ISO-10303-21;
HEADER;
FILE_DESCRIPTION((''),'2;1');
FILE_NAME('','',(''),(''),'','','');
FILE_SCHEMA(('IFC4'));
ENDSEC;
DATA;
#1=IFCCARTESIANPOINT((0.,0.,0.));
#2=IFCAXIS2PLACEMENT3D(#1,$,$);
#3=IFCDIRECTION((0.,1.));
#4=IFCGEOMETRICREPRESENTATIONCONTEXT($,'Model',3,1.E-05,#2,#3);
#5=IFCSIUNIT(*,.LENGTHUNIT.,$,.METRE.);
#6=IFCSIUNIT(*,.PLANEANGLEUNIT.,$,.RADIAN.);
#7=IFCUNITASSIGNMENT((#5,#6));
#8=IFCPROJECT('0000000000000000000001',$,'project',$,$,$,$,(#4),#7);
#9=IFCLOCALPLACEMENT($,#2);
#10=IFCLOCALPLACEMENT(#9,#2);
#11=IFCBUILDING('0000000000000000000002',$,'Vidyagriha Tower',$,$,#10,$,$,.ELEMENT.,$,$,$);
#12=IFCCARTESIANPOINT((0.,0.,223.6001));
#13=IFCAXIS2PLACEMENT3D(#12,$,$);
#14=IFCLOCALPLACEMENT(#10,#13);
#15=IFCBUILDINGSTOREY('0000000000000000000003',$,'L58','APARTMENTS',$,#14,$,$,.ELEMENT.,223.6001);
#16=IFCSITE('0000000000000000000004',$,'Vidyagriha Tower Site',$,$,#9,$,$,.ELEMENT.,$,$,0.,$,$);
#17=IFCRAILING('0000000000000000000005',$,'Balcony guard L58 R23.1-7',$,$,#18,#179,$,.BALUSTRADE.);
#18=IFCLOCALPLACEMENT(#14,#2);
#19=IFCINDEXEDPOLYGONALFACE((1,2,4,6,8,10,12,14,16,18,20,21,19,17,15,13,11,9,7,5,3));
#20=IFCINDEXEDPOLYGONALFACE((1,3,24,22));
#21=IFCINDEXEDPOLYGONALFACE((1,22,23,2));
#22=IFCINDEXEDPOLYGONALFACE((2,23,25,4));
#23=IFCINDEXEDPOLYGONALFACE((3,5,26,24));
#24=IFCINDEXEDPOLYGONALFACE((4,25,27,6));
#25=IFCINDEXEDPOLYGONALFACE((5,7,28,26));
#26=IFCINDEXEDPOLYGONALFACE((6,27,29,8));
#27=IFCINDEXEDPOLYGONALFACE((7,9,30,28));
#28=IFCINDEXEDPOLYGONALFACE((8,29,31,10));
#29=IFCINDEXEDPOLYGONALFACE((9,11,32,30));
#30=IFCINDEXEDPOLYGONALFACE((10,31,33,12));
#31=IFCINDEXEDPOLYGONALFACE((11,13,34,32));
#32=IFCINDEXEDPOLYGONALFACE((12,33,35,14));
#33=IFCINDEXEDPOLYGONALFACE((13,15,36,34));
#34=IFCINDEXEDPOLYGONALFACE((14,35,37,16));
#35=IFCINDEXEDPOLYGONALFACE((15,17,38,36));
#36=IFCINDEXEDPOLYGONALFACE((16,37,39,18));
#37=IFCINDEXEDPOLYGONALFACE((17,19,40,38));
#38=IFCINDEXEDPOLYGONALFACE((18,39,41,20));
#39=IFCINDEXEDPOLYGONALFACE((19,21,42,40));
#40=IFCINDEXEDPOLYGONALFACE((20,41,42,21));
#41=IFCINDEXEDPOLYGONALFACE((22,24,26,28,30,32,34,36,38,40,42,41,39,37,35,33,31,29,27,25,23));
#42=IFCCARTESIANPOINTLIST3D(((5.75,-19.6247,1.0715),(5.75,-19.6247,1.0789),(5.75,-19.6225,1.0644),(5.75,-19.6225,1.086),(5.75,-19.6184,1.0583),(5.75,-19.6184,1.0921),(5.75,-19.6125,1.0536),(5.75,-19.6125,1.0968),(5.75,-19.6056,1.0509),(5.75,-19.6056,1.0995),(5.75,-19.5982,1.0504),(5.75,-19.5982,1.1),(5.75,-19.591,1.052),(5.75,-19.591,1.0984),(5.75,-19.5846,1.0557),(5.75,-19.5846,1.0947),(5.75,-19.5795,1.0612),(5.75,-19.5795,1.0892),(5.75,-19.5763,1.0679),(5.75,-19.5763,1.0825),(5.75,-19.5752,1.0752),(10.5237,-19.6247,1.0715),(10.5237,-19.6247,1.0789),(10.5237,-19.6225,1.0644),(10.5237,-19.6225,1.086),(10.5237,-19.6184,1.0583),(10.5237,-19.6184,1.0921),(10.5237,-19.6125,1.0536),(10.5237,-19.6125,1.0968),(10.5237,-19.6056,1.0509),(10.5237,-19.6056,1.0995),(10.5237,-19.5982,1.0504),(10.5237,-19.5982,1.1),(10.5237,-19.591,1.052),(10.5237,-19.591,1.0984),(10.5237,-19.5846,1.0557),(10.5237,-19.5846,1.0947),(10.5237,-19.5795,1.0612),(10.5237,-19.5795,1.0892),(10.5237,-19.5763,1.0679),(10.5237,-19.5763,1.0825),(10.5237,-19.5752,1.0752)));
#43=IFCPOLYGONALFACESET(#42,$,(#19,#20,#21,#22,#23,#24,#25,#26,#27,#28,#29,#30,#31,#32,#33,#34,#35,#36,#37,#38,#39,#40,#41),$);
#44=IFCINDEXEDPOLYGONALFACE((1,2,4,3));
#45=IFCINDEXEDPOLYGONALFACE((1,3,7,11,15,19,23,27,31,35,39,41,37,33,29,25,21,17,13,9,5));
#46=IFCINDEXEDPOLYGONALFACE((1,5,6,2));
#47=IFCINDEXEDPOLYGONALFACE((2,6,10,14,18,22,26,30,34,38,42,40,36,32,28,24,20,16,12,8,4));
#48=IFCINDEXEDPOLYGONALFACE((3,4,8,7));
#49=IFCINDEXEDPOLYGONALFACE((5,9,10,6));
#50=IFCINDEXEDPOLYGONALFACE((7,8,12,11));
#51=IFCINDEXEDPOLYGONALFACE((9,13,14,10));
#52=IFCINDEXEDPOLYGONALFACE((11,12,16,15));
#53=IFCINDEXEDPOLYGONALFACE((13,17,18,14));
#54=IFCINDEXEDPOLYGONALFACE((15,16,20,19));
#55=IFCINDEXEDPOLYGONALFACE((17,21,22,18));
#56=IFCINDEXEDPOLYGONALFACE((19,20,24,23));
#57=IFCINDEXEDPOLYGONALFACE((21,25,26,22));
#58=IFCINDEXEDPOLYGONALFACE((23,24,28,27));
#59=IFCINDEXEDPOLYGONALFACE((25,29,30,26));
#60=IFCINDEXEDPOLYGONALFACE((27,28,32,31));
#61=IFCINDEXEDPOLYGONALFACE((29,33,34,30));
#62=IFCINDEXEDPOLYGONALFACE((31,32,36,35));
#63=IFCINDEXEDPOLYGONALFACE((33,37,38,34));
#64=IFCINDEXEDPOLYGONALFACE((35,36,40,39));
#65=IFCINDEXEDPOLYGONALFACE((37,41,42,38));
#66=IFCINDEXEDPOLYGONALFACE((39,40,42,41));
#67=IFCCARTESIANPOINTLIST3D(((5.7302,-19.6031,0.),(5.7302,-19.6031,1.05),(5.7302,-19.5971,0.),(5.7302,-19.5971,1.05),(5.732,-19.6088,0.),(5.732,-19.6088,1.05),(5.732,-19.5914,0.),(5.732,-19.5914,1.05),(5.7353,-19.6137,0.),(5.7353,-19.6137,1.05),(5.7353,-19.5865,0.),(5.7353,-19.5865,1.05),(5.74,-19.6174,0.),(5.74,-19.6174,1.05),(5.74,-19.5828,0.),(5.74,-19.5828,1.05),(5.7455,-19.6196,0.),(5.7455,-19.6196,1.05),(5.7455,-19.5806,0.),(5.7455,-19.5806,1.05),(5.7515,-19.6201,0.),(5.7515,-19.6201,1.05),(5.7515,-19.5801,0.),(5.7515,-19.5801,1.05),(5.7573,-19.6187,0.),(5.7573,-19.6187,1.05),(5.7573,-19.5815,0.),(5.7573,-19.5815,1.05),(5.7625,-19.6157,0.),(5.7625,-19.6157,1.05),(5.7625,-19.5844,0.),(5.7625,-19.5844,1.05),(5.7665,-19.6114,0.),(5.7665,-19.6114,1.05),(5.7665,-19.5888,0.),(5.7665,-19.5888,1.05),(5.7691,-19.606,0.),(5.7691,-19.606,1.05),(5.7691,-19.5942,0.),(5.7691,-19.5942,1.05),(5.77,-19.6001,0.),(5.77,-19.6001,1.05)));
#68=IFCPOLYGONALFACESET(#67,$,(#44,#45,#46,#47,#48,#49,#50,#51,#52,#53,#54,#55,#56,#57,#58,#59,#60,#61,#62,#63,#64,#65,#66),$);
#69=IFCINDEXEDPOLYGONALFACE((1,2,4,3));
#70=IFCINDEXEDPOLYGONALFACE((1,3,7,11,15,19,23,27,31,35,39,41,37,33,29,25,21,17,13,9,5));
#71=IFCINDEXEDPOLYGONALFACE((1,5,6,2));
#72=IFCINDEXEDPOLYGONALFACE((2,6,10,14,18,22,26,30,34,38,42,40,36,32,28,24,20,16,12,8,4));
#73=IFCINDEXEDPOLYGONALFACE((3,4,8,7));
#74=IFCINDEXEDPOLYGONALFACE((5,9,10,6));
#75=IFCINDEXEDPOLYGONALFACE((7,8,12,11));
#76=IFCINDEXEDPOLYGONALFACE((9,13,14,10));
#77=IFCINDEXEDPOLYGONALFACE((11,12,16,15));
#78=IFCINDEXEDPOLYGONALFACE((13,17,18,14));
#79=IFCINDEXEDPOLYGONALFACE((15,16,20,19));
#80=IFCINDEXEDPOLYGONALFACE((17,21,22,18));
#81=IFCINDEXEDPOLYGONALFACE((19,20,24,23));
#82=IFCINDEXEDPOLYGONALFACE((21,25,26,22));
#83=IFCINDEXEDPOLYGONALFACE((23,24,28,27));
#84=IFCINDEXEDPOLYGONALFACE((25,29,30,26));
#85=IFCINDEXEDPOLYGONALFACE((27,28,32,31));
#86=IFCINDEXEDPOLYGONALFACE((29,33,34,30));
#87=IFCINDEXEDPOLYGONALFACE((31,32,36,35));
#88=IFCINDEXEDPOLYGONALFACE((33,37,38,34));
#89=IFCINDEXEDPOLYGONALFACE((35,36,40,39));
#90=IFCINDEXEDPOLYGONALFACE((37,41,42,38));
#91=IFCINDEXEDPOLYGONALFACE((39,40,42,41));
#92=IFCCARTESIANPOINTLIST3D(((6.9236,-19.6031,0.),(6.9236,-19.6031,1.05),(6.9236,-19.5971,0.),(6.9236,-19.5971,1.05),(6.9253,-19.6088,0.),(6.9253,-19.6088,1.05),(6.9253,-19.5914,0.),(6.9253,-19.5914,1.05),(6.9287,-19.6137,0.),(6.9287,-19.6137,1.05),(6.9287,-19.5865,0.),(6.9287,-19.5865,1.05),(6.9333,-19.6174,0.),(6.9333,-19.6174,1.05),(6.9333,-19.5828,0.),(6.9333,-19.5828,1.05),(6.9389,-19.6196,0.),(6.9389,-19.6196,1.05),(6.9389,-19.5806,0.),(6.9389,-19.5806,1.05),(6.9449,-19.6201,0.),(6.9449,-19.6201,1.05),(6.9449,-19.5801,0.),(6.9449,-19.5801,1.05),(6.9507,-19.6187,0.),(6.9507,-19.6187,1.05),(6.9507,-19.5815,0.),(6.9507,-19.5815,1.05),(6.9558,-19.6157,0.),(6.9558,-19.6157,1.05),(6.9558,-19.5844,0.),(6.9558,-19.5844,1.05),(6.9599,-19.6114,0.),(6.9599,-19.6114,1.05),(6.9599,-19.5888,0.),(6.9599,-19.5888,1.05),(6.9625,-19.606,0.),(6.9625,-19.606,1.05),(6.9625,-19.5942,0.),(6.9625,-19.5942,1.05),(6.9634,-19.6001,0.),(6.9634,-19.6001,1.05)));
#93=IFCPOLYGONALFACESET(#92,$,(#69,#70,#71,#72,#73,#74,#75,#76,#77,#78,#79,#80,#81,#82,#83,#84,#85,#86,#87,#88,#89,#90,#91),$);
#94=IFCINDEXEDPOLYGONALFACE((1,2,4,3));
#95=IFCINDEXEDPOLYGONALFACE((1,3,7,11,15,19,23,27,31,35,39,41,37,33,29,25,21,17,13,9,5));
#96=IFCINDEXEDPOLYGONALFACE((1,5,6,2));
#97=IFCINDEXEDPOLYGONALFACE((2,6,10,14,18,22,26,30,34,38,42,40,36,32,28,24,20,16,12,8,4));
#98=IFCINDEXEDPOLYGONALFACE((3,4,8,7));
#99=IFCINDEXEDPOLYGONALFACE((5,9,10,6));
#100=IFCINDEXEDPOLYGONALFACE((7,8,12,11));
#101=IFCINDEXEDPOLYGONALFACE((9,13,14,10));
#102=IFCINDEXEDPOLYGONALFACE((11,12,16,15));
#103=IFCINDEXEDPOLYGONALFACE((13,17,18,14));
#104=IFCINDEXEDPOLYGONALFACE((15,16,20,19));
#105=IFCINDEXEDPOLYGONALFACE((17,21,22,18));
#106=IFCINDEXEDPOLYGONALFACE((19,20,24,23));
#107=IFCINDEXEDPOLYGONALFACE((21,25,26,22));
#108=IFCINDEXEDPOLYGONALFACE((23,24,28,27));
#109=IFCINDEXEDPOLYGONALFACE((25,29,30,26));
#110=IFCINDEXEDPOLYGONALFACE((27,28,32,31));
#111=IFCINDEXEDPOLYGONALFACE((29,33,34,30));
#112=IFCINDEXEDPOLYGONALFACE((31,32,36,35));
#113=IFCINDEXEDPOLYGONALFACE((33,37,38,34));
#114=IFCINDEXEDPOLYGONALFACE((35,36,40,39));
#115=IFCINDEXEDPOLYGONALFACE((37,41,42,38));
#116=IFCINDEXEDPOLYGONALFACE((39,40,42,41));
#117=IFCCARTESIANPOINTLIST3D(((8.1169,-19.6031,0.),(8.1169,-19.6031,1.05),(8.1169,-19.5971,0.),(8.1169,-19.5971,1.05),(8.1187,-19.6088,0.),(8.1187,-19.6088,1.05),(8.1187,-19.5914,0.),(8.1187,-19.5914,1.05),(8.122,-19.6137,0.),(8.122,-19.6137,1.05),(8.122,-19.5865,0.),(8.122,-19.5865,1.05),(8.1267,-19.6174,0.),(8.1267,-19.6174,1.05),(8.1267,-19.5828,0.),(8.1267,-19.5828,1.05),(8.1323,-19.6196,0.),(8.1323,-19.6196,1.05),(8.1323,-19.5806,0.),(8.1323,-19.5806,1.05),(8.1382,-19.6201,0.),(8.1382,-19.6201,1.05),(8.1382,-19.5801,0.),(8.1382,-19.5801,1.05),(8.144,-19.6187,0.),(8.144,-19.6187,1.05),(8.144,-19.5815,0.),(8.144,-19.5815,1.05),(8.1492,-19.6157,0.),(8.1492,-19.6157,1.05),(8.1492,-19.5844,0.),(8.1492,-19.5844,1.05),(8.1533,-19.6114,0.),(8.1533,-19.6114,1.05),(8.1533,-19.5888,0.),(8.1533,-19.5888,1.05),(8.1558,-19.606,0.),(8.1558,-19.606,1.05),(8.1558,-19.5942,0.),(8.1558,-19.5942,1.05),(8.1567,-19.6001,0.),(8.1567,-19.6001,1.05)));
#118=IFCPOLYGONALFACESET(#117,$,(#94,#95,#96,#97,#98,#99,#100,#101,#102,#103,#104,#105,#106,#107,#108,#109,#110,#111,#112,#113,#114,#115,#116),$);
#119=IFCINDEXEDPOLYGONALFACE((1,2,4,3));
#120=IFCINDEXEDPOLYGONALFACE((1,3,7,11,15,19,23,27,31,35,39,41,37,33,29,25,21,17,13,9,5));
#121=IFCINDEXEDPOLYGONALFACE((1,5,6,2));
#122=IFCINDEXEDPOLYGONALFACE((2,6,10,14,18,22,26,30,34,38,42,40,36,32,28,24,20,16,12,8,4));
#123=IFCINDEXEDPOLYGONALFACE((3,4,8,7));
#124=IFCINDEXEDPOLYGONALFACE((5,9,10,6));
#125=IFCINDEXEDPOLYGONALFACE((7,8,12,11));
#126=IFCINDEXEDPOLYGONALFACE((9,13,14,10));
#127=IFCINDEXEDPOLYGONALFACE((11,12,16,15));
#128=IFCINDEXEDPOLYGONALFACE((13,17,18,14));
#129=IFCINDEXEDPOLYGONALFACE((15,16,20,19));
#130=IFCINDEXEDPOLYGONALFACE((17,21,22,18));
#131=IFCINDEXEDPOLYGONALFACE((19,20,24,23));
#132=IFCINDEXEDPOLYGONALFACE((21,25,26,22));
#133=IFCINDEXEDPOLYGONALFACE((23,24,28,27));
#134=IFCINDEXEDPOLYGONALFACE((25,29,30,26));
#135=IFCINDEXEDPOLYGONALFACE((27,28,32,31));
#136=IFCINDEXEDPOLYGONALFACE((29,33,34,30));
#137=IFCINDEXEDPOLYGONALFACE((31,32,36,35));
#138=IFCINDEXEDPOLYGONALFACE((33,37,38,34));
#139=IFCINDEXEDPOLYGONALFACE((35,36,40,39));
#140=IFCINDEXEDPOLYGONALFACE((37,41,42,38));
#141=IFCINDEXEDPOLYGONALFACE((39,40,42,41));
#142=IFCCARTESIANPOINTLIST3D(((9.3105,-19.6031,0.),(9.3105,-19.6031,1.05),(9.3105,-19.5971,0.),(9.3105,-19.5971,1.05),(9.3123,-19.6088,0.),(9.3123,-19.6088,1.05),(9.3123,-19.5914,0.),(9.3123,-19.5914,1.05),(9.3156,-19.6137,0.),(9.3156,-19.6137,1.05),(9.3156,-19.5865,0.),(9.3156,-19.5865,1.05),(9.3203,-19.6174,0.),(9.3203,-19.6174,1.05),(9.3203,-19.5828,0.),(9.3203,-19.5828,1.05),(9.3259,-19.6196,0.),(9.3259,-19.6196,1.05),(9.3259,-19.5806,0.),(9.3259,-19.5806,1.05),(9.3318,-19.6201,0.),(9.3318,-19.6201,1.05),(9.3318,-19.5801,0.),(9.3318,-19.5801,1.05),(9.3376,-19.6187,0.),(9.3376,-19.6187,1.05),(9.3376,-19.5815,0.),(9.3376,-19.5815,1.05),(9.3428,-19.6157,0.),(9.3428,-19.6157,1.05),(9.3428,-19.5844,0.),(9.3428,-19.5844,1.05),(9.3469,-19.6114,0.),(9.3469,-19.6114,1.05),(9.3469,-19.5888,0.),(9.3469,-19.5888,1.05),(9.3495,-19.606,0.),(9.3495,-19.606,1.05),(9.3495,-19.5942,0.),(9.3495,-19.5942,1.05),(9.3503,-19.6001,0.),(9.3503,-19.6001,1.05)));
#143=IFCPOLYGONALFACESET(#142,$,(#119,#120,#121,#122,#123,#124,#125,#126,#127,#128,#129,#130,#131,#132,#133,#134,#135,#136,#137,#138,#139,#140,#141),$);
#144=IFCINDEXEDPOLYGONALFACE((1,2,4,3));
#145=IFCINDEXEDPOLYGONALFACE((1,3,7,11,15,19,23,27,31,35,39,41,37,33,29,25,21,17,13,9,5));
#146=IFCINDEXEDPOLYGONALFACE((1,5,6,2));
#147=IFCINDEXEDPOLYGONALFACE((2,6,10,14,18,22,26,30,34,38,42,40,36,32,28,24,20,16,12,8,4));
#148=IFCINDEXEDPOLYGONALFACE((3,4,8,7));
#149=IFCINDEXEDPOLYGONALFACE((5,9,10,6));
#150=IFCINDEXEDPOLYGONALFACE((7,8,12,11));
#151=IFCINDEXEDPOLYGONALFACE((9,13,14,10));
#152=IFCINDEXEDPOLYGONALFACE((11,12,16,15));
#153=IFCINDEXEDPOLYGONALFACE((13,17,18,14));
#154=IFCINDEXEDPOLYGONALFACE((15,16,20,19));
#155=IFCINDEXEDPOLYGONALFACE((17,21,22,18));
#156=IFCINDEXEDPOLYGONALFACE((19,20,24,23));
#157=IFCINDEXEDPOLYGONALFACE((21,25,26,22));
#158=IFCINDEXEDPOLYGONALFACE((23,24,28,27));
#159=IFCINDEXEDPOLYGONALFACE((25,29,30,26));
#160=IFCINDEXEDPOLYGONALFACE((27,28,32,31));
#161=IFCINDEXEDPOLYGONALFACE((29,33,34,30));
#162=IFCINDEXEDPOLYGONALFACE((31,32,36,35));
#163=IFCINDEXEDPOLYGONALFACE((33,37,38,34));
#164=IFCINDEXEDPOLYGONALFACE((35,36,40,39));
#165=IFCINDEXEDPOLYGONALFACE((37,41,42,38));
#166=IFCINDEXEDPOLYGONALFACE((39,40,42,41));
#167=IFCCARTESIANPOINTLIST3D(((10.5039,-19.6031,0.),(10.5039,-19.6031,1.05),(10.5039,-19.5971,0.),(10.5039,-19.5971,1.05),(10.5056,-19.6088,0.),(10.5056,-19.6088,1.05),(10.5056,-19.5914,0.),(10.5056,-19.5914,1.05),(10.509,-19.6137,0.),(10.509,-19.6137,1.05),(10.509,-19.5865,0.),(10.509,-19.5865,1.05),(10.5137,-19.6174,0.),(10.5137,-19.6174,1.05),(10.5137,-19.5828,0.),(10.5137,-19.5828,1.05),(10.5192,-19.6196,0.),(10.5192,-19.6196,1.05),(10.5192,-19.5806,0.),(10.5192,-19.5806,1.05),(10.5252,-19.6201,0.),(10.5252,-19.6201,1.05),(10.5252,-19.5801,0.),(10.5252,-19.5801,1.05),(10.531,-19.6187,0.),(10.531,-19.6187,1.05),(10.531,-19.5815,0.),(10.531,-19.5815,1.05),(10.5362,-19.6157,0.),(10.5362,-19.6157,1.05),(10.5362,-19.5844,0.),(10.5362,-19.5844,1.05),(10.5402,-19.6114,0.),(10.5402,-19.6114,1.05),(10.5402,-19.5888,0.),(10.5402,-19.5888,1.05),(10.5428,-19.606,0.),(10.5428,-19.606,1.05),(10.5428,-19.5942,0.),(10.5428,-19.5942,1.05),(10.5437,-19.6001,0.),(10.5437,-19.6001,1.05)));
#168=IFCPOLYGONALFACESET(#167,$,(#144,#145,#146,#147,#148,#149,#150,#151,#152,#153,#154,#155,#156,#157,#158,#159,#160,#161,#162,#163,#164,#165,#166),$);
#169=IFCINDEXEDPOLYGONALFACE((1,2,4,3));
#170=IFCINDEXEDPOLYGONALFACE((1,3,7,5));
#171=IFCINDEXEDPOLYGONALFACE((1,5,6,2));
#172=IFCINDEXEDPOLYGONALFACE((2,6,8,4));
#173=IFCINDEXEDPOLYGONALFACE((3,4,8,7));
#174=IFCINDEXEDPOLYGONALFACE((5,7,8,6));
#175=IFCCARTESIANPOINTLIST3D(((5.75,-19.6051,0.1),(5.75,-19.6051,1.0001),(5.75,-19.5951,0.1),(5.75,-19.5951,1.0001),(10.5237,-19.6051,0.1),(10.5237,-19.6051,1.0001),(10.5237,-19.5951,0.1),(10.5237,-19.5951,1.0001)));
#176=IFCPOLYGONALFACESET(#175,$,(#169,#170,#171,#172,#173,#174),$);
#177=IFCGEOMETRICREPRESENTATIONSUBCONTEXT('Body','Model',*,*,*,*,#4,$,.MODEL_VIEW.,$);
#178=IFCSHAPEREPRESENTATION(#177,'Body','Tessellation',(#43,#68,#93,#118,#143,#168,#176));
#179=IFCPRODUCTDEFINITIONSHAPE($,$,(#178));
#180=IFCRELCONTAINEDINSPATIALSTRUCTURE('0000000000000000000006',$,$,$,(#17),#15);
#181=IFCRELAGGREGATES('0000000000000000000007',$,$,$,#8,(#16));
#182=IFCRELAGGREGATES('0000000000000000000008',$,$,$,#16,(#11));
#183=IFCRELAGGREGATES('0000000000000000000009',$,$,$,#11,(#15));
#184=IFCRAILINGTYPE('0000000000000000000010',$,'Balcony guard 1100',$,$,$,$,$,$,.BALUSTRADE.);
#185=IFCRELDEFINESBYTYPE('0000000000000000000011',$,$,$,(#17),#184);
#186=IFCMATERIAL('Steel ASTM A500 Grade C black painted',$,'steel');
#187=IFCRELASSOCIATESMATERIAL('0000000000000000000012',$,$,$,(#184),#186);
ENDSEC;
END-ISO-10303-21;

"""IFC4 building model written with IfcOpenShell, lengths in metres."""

from ifc_helpers import new_model, si_unit, direction, frame, origin, origin_2d, place, context, subcontext, project, spatial, rectangle, circle, extrude, material, type_object, element, save


model = new_model("IFC4")

# Units and contexts
model_context = context("Model", 3, precision=1e-05, world=origin(), true_north=direction((0.0, 1.0)))
body_context = subcontext(model_context, "Body", "Model", "MODEL_VIEW")
ifc_project = project(units=[si_unit("LENGTHUNIT", "METRE"), si_unit("PLANEANGLEUNIT", "RADIAN")], contexts=[model_context])

# Site, building, storey
site_placement = place(None, origin())
site = spatial("IfcSite", under=ifc_project, at=site_placement, Name="Vidyagriha Tower Site", CompositionType="ELEMENT", RefElevation=0.0)
building_placement = place(site_placement, origin())
building = spatial("IfcBuilding", under=site, at=building_placement, Name="Vidyagriha Tower", CompositionType="ELEMENT")
storey_placement = place(building_placement, frame((0.0, 0.0, 223.6001)))
storey = spatial("IfcBuildingStorey", under=building, at=storey_placement, Name="L58", Description="APARTMENTS", CompositionType="ELEMENT", Elevation=223.6001)

# Railing
ifc_material_1 = material(Name="Steel ASTM A500 Grade C black painted", Category="steel")
railing_type = type_object("IfcRailingType", Name="Balcony guard 1100", PredefinedType="BALUSTRADE", material=ifc_material_1)
railing_1_placement = place(storey_placement, frame((5.75, -19.6001, 0.0)))
element("IfcRailing", 1, at=railing_1_placement, inside=storey, type_object=railing_type, Name="Balcony guard L58 R23.1-7", PredefinedType="BALUSTRADE", context=body_context, shape_type="SweptSolid", body=[
    extrude(circle(Radius=0.0249, at=origin_2d()), frame((0.0, 0.0, 1.0752), z_axis=(1.0, 0.0, 0.0), x_axis=(0.0, 1.0, 0.0)), (0.0, 0.0, 1.0), 4.7737),
    extrude(circle(Radius=0.02, at=origin_2d()), origin(), (0.0, 0.0, 1.0), 1.05),
    extrude(circle(Radius=0.02, at=origin_2d()), frame((1.1934, 0.0, 0.0)), (0.0, 0.0, 1.0), 1.05),
    extrude(circle(Radius=0.02, at=origin_2d()), frame((2.3867, 0.0, 0.0)), (0.0, 0.0, 1.0), 1.05),
    extrude(circle(Radius=0.02, at=origin_2d()), frame((3.5803, 0.0, 0.0)), (0.0, 0.0, 1.0), 1.05),
    extrude(circle(Radius=0.02, at=origin_2d()), frame((4.7737, 0.0, 0.0)), (0.0, 0.0, 1.0), 1.05),
    extrude(rectangle(XDim=0.01, YDim=0.9001, at=origin_2d()), frame((0.0, 0.0, 0.55), z_axis=(1.0, 0.0, 0.0), x_axis=(0.0, 1.0, 0.0)), (0.0, 0.0, 1.0), 4.7737),
])

save(model, "model.ifc")
